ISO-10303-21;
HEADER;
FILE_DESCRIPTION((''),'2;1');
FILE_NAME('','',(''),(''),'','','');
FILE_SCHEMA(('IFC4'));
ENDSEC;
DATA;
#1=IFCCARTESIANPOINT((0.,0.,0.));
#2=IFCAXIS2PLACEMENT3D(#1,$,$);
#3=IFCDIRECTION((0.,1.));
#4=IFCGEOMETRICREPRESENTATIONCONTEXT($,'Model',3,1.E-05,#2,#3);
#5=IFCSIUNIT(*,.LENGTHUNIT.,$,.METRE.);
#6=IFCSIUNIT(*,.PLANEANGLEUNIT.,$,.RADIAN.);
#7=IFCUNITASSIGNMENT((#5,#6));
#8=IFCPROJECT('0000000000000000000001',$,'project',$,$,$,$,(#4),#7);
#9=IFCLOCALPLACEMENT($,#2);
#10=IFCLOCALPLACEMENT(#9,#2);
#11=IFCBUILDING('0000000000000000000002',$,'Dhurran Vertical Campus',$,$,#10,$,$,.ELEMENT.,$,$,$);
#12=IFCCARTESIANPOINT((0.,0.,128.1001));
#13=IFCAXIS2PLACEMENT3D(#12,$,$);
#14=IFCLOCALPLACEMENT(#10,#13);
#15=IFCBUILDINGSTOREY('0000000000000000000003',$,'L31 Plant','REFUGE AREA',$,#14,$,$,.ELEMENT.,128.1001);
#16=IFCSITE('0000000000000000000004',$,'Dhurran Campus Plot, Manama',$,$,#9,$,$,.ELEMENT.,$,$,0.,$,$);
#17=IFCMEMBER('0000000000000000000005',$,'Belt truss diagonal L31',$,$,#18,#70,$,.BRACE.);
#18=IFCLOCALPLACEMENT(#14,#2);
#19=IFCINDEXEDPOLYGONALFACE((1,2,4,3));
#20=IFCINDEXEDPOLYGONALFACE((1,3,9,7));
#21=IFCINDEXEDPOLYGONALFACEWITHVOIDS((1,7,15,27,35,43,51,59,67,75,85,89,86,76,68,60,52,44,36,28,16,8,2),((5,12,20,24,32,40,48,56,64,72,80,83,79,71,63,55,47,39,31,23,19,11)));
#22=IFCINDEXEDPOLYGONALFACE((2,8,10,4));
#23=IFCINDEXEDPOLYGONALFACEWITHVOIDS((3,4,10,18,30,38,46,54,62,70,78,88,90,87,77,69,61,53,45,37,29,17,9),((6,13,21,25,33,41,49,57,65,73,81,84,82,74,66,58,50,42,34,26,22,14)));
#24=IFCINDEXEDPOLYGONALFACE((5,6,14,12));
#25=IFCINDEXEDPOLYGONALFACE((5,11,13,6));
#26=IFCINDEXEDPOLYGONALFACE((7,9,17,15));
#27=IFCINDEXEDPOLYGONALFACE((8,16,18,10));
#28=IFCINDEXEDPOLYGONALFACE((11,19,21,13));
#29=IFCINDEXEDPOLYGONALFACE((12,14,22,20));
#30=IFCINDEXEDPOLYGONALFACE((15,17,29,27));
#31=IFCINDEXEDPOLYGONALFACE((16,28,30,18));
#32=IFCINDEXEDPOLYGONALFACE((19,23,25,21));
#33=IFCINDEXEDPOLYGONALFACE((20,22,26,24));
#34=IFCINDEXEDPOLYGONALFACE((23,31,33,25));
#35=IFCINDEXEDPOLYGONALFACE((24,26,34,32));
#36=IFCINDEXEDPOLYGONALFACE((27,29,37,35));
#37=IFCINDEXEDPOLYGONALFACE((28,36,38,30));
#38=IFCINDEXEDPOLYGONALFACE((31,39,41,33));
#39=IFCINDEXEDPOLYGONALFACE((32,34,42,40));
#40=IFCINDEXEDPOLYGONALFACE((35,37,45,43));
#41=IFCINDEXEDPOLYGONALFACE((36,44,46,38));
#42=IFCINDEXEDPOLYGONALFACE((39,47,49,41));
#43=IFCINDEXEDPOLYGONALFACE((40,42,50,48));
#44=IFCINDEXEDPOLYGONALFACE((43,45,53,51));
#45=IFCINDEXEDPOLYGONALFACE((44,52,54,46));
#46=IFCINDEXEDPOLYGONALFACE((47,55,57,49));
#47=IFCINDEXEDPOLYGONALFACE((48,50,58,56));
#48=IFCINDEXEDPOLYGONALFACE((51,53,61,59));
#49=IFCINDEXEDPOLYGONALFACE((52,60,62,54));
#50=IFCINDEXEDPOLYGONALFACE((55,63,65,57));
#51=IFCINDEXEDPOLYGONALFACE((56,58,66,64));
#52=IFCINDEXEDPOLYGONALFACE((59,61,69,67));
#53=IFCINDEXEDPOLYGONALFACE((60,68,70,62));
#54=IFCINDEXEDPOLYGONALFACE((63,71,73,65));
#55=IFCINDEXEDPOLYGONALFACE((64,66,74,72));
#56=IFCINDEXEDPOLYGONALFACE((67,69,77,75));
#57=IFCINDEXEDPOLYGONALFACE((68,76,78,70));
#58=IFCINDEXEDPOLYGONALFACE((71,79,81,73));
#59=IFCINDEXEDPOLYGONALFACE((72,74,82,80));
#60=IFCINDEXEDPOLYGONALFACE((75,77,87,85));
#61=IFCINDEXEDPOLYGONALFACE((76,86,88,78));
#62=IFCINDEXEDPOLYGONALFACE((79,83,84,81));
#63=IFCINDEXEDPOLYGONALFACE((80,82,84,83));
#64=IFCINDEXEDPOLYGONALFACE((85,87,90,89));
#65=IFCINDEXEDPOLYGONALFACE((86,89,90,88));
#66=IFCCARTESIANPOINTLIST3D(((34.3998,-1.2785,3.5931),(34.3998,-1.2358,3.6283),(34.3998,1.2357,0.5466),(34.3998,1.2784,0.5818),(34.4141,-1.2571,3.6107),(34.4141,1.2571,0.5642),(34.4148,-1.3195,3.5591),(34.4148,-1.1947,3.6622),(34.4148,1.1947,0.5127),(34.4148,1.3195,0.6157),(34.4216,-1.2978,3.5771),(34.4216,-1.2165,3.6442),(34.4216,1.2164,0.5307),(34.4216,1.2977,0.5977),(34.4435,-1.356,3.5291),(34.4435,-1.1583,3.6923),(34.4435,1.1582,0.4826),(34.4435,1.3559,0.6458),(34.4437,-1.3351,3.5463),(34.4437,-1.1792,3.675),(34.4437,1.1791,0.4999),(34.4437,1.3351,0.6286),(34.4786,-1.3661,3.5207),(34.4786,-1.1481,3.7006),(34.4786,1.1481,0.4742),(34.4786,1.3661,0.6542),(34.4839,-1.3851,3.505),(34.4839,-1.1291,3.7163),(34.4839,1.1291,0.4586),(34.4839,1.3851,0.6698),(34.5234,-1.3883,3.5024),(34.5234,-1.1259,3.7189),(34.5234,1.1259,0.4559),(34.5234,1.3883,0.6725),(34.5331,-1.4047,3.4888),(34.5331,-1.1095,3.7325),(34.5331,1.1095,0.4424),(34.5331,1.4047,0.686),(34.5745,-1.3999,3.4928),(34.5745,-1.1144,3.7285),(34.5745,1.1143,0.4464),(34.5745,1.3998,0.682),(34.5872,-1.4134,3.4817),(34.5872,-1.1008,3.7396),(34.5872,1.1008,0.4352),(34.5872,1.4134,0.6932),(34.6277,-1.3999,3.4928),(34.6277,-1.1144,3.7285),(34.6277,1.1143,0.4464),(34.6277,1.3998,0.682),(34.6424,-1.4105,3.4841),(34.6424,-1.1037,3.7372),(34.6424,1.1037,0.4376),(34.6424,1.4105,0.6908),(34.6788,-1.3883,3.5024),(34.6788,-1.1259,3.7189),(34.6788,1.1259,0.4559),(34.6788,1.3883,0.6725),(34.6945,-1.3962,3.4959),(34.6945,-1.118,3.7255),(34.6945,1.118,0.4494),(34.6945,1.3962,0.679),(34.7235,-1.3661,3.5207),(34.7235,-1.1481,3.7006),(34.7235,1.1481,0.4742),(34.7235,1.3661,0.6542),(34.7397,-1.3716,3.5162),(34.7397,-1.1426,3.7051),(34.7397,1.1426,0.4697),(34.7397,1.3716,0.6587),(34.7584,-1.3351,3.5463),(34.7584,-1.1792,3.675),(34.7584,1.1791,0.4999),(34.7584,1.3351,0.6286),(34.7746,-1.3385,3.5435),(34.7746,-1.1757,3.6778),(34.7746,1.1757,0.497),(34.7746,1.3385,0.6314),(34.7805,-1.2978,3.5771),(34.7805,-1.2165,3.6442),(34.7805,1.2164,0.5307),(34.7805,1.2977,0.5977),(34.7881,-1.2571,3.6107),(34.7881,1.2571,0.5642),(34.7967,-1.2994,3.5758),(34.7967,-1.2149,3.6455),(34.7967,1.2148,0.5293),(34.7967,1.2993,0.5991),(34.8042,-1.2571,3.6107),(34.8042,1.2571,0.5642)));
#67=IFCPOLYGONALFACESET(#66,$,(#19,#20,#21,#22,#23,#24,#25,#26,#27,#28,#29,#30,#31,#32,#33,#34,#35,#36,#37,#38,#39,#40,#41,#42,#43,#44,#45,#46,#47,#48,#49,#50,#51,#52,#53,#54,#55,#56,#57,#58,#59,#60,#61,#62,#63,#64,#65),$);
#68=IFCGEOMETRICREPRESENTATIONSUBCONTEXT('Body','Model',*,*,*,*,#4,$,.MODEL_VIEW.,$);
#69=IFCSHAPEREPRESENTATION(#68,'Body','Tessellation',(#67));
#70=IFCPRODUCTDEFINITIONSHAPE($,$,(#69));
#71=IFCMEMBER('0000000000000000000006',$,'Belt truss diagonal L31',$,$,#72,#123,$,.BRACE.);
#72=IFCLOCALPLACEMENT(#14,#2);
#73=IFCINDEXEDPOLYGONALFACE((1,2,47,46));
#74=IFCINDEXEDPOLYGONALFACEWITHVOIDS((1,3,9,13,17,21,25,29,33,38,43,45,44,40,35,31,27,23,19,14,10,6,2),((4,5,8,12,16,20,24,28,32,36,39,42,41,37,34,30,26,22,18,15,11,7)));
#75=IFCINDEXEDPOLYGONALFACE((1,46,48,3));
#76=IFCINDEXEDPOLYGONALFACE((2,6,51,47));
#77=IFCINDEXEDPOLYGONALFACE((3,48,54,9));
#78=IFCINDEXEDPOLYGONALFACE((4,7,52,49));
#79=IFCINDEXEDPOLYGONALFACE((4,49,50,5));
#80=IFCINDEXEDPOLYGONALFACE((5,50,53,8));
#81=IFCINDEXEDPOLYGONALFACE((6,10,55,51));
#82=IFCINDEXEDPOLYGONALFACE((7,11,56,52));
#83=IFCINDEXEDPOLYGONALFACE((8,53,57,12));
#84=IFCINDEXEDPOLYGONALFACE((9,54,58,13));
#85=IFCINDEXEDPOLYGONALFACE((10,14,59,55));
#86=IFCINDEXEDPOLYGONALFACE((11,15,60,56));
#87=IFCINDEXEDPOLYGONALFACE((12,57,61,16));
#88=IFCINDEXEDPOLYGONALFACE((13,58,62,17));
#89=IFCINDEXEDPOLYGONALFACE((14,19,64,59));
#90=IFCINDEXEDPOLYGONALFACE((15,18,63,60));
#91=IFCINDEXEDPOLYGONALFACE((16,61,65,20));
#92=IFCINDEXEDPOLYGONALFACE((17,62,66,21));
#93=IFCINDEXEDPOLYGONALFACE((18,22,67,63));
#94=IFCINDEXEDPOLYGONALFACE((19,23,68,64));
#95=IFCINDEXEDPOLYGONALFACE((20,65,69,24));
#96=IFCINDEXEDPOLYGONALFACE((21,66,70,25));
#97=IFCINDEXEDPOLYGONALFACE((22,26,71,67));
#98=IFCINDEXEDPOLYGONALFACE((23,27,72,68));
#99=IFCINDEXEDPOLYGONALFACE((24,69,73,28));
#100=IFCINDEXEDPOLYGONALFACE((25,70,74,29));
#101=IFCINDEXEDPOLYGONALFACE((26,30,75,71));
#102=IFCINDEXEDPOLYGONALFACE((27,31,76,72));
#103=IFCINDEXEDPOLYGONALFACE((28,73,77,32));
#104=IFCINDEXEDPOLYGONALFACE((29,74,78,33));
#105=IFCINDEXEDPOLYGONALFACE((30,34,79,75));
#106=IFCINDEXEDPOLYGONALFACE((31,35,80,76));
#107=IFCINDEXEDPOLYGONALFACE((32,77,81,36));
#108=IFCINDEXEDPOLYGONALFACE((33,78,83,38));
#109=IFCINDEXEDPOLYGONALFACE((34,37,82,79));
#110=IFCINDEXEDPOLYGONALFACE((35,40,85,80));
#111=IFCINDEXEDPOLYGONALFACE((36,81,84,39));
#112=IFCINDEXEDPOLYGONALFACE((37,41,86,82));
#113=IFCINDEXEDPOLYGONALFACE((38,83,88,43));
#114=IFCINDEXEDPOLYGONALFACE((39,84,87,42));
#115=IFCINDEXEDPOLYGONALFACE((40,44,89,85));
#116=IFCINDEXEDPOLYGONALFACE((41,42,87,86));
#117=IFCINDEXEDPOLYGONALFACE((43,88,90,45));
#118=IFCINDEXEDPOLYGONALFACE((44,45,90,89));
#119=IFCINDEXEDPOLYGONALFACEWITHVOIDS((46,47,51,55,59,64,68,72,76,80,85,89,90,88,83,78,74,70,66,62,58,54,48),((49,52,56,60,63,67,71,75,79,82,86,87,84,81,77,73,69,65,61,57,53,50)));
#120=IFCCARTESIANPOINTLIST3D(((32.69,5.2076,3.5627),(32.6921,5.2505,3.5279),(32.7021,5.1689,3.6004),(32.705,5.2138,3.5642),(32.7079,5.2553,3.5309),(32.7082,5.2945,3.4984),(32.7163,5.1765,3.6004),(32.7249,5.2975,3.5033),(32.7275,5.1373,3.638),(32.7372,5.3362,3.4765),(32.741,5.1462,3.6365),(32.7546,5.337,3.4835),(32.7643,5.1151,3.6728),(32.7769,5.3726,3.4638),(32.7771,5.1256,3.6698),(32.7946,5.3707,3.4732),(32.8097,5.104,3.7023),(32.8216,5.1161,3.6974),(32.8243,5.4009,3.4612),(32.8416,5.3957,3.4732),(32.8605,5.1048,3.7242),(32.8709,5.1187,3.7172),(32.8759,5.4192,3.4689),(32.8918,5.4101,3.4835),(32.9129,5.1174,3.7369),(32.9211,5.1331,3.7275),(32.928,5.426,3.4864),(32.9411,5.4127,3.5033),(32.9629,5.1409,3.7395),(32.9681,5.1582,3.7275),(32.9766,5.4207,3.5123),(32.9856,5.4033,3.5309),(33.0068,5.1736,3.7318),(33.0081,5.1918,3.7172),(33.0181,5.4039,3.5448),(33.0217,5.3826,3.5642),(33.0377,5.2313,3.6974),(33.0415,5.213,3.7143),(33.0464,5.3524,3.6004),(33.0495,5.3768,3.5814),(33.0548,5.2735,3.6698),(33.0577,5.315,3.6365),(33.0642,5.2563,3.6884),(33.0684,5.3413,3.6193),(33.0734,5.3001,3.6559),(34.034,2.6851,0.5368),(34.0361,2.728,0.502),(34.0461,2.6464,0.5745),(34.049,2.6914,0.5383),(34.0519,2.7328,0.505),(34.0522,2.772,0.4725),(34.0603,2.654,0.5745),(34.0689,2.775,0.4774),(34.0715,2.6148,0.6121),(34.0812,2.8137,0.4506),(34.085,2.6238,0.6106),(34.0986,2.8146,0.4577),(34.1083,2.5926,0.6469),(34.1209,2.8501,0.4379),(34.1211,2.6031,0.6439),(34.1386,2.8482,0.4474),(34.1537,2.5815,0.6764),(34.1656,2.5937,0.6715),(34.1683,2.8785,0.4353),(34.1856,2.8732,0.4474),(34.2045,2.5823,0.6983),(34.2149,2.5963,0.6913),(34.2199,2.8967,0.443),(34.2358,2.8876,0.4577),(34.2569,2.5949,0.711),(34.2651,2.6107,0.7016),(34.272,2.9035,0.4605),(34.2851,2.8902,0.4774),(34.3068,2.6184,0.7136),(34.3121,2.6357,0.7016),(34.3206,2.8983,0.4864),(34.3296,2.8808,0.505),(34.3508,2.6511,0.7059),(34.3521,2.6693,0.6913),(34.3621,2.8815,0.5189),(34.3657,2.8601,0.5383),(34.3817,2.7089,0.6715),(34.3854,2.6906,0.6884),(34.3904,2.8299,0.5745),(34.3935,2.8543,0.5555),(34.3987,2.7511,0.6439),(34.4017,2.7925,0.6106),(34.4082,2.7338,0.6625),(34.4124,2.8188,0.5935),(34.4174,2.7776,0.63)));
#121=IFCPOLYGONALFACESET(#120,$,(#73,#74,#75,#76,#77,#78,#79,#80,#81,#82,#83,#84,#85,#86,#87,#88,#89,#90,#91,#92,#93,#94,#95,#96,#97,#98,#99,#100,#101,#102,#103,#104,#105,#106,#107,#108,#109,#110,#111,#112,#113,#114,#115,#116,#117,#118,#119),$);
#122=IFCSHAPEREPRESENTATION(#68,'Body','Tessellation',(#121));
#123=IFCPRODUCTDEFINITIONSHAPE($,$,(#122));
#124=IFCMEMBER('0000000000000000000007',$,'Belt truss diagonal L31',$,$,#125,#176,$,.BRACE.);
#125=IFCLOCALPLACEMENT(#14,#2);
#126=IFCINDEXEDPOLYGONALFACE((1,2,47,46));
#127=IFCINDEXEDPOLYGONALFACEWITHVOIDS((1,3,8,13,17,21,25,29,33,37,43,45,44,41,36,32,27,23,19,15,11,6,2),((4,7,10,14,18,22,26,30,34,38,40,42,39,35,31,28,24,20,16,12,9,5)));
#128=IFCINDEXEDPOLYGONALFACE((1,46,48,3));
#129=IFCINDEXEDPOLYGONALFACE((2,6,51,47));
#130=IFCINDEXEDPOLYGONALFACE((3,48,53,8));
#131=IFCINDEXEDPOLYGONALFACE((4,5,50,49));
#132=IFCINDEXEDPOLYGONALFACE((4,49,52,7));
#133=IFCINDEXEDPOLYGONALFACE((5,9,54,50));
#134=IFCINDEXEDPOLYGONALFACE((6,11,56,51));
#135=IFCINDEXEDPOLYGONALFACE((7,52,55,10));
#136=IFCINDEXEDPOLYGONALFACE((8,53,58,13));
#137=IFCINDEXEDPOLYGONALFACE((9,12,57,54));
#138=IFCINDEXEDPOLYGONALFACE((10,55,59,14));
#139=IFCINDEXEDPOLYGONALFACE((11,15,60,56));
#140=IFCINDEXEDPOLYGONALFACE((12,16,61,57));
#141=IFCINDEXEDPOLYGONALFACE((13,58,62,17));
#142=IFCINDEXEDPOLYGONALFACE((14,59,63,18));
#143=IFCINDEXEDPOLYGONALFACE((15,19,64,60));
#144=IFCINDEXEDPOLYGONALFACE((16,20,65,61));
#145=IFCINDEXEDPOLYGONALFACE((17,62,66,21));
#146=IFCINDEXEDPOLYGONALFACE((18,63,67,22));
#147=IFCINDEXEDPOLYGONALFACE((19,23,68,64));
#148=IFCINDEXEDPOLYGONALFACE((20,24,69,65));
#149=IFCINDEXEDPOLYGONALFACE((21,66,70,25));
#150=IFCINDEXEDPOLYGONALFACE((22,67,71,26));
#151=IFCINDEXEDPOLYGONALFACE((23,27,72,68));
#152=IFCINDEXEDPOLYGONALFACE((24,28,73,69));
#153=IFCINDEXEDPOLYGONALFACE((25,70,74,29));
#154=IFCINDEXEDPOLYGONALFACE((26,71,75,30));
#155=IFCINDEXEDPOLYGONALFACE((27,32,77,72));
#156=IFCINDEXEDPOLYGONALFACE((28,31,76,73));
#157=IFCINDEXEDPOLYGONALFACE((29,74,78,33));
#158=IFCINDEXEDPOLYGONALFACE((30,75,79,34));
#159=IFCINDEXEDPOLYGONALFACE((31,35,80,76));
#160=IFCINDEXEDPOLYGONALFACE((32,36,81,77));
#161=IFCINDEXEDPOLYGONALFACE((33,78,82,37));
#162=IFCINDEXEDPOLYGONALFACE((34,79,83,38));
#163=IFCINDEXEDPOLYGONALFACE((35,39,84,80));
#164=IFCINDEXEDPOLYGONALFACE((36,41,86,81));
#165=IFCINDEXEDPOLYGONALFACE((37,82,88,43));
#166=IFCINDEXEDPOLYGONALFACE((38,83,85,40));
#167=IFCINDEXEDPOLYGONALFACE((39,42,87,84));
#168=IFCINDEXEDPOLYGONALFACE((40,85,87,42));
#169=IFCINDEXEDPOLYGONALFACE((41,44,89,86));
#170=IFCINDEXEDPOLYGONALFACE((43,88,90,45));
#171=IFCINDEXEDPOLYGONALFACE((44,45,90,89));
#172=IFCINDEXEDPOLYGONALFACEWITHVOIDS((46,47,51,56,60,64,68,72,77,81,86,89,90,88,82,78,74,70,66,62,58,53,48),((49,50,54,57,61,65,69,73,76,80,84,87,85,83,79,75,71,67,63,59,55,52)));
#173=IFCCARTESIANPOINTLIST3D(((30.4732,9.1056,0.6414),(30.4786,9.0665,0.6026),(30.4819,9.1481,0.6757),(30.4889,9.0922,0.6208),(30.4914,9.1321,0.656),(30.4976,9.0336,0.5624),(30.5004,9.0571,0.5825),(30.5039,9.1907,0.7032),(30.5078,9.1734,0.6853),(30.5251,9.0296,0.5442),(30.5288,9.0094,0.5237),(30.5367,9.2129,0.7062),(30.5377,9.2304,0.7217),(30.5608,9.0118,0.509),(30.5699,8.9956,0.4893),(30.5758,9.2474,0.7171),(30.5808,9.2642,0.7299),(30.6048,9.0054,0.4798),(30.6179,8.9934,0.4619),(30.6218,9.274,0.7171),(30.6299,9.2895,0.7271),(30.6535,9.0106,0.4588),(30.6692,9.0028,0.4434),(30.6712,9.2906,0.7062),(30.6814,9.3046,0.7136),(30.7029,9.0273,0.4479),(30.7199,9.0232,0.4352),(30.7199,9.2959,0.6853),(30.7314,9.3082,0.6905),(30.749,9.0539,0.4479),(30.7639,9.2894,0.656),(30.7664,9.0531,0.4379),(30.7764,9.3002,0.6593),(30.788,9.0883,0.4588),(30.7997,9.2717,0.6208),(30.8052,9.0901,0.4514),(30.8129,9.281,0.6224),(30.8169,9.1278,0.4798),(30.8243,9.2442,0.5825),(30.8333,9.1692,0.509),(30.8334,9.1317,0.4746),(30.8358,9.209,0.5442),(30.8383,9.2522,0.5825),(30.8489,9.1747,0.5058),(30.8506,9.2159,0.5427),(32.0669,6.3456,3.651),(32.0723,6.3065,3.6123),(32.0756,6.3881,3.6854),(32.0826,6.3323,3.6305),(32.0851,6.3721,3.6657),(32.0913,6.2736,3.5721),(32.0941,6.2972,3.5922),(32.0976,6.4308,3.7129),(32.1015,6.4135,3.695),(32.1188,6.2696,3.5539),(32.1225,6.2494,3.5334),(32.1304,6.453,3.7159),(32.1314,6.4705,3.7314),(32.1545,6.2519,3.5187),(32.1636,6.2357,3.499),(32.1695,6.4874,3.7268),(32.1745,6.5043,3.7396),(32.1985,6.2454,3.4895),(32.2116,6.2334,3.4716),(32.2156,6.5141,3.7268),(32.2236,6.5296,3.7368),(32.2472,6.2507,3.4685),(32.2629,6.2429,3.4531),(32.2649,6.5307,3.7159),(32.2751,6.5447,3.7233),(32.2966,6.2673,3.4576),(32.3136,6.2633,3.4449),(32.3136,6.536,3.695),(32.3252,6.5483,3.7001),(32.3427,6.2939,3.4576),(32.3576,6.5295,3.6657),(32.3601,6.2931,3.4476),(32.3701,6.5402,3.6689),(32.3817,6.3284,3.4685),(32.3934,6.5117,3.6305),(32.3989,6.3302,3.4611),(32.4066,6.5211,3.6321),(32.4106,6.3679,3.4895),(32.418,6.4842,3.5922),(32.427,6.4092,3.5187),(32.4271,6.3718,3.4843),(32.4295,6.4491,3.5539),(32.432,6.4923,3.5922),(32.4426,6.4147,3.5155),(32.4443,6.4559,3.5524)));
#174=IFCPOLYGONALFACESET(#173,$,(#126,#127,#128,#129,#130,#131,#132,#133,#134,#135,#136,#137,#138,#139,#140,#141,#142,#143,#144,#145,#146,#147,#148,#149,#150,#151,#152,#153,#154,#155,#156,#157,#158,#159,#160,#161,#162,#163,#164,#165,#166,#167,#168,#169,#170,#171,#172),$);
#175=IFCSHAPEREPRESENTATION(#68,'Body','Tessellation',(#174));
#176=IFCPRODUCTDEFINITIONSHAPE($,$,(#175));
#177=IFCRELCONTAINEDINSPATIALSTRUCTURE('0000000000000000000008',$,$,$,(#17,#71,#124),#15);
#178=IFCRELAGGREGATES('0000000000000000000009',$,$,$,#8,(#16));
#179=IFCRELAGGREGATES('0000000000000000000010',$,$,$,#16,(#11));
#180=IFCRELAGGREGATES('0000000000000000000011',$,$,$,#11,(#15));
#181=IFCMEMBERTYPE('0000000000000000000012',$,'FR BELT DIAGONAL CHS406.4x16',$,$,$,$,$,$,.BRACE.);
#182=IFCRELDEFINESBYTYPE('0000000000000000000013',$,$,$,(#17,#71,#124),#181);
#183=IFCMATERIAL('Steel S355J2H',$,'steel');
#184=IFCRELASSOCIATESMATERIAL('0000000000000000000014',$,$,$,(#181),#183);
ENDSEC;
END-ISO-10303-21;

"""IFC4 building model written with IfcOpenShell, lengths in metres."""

from ifc_helpers import new_model, si_unit, direction, frame, origin, origin_2d, place, context, subcontext, project, spatial, hollow_circle, extrude, material, material_profile, profile_set, type_object, element, save


model = new_model("IFC4")

# Units and contexts
model_context = context("Model", 3, precision=1e-05, world=origin(), true_north=direction((0.0, 1.0)))
body_context = subcontext(model_context, "Body", "Model", "MODEL_VIEW")
ifc_project = project(units=[si_unit("LENGTHUNIT", "METRE"), si_unit("PLANEANGLEUNIT", "RADIAN")], contexts=[model_context])

# Site, building, storey
site_placement = place(None, origin())
site = spatial("IfcSite", under=ifc_project, at=site_placement, Name="Dhurran Campus Plot, Manama", CompositionType="ELEMENT", RefElevation=0.0)
building_placement = place(site_placement, origin())
building = spatial("IfcBuilding", under=site, at=building_placement, Name="Dhurran Vertical Campus", CompositionType="ELEMENT")
storey_placement = place(building_placement, frame((0.0, 0.0, 128.1001)))
storey = spatial("IfcBuildingStorey", under=building, at=storey_placement, Name="L31 Plant", Description="REFUGE AREA", CompositionType="ELEMENT", Elevation=128.1001)

# Members
ifc_material_1 = material(Name="Steel S355J2H", Category="steel")
ifc_material_profile_1 = material_profile(ifc_material_1, hollow_circle(Radius=0.2031, WallThickness=0.0161, at=origin_2d()), Name="CHS406.4x16")
ifc_profile_set_1 = profile_set([ifc_material_profile_1], Name="Steel S355J2H")
member_type = type_object("IfcMemberType", Name="FR BELT DIAGONAL CHS406.4x16", PredefinedType="BRACE", material=ifc_profile_set_1)
member_1_placement = place(storey_placement, frame((34.6011, 1.2571, 0.5642), z_axis=(0.0, -0.636517, 0.771263), x_axis=(1.0, 0.0, 0.0)))
element("IfcMember", 1, at=member_1_placement, inside=storey, type_object=member_type, Name="Belt truss diagonal L31", PredefinedType="BRACE", context=body_context, shape_type="SweptSolid", body=[
    extrude(hollow_circle(Radius=0.2031, WallThickness=0.0161, at=origin_2d()), origin(), (0.0, 0.0, 1.0), 3.95),
])
member_2_placement = place(storey_placement, frame((34.2253, 2.7419, 0.5745), z_axis=(-0.322894, 0.60602, 0.726966), x_axis=(-0.882544, -0.470229, 0.0)))
element("IfcMember", 2, at=member_2_placement, inside=storey, type_object=member_type, Name="Belt truss diagonal L31", PredefinedType="BRACE", context=body_context, shape_type="SweptSolid", body=[
    extrude(hollow_circle(Radius=0.2031, WallThickness=0.0161, at=origin_2d()), origin(), (0.0, 0.0, 1.0), 4.1624),
])
member_3_placement = place(storey_placement, frame((30.6624, 9.1506, 0.5825), z_axis=(0.363567, -0.629615, 0.686589), x_axis=(0.86599, 0.500061, 0.0)))
element("IfcMember", 3, at=member_3_placement, inside=storey, type_object=member_type, Name="Belt truss diagonal L31", PredefinedType="BRACE", context=body_context, shape_type="SweptSolid", body=[
    extrude(hollow_circle(Radius=0.2031, WallThickness=0.0161, at=origin_2d()), origin(), (0.0, 0.0, 1.0), 4.3835),
])

save(model, "model.ifc")
